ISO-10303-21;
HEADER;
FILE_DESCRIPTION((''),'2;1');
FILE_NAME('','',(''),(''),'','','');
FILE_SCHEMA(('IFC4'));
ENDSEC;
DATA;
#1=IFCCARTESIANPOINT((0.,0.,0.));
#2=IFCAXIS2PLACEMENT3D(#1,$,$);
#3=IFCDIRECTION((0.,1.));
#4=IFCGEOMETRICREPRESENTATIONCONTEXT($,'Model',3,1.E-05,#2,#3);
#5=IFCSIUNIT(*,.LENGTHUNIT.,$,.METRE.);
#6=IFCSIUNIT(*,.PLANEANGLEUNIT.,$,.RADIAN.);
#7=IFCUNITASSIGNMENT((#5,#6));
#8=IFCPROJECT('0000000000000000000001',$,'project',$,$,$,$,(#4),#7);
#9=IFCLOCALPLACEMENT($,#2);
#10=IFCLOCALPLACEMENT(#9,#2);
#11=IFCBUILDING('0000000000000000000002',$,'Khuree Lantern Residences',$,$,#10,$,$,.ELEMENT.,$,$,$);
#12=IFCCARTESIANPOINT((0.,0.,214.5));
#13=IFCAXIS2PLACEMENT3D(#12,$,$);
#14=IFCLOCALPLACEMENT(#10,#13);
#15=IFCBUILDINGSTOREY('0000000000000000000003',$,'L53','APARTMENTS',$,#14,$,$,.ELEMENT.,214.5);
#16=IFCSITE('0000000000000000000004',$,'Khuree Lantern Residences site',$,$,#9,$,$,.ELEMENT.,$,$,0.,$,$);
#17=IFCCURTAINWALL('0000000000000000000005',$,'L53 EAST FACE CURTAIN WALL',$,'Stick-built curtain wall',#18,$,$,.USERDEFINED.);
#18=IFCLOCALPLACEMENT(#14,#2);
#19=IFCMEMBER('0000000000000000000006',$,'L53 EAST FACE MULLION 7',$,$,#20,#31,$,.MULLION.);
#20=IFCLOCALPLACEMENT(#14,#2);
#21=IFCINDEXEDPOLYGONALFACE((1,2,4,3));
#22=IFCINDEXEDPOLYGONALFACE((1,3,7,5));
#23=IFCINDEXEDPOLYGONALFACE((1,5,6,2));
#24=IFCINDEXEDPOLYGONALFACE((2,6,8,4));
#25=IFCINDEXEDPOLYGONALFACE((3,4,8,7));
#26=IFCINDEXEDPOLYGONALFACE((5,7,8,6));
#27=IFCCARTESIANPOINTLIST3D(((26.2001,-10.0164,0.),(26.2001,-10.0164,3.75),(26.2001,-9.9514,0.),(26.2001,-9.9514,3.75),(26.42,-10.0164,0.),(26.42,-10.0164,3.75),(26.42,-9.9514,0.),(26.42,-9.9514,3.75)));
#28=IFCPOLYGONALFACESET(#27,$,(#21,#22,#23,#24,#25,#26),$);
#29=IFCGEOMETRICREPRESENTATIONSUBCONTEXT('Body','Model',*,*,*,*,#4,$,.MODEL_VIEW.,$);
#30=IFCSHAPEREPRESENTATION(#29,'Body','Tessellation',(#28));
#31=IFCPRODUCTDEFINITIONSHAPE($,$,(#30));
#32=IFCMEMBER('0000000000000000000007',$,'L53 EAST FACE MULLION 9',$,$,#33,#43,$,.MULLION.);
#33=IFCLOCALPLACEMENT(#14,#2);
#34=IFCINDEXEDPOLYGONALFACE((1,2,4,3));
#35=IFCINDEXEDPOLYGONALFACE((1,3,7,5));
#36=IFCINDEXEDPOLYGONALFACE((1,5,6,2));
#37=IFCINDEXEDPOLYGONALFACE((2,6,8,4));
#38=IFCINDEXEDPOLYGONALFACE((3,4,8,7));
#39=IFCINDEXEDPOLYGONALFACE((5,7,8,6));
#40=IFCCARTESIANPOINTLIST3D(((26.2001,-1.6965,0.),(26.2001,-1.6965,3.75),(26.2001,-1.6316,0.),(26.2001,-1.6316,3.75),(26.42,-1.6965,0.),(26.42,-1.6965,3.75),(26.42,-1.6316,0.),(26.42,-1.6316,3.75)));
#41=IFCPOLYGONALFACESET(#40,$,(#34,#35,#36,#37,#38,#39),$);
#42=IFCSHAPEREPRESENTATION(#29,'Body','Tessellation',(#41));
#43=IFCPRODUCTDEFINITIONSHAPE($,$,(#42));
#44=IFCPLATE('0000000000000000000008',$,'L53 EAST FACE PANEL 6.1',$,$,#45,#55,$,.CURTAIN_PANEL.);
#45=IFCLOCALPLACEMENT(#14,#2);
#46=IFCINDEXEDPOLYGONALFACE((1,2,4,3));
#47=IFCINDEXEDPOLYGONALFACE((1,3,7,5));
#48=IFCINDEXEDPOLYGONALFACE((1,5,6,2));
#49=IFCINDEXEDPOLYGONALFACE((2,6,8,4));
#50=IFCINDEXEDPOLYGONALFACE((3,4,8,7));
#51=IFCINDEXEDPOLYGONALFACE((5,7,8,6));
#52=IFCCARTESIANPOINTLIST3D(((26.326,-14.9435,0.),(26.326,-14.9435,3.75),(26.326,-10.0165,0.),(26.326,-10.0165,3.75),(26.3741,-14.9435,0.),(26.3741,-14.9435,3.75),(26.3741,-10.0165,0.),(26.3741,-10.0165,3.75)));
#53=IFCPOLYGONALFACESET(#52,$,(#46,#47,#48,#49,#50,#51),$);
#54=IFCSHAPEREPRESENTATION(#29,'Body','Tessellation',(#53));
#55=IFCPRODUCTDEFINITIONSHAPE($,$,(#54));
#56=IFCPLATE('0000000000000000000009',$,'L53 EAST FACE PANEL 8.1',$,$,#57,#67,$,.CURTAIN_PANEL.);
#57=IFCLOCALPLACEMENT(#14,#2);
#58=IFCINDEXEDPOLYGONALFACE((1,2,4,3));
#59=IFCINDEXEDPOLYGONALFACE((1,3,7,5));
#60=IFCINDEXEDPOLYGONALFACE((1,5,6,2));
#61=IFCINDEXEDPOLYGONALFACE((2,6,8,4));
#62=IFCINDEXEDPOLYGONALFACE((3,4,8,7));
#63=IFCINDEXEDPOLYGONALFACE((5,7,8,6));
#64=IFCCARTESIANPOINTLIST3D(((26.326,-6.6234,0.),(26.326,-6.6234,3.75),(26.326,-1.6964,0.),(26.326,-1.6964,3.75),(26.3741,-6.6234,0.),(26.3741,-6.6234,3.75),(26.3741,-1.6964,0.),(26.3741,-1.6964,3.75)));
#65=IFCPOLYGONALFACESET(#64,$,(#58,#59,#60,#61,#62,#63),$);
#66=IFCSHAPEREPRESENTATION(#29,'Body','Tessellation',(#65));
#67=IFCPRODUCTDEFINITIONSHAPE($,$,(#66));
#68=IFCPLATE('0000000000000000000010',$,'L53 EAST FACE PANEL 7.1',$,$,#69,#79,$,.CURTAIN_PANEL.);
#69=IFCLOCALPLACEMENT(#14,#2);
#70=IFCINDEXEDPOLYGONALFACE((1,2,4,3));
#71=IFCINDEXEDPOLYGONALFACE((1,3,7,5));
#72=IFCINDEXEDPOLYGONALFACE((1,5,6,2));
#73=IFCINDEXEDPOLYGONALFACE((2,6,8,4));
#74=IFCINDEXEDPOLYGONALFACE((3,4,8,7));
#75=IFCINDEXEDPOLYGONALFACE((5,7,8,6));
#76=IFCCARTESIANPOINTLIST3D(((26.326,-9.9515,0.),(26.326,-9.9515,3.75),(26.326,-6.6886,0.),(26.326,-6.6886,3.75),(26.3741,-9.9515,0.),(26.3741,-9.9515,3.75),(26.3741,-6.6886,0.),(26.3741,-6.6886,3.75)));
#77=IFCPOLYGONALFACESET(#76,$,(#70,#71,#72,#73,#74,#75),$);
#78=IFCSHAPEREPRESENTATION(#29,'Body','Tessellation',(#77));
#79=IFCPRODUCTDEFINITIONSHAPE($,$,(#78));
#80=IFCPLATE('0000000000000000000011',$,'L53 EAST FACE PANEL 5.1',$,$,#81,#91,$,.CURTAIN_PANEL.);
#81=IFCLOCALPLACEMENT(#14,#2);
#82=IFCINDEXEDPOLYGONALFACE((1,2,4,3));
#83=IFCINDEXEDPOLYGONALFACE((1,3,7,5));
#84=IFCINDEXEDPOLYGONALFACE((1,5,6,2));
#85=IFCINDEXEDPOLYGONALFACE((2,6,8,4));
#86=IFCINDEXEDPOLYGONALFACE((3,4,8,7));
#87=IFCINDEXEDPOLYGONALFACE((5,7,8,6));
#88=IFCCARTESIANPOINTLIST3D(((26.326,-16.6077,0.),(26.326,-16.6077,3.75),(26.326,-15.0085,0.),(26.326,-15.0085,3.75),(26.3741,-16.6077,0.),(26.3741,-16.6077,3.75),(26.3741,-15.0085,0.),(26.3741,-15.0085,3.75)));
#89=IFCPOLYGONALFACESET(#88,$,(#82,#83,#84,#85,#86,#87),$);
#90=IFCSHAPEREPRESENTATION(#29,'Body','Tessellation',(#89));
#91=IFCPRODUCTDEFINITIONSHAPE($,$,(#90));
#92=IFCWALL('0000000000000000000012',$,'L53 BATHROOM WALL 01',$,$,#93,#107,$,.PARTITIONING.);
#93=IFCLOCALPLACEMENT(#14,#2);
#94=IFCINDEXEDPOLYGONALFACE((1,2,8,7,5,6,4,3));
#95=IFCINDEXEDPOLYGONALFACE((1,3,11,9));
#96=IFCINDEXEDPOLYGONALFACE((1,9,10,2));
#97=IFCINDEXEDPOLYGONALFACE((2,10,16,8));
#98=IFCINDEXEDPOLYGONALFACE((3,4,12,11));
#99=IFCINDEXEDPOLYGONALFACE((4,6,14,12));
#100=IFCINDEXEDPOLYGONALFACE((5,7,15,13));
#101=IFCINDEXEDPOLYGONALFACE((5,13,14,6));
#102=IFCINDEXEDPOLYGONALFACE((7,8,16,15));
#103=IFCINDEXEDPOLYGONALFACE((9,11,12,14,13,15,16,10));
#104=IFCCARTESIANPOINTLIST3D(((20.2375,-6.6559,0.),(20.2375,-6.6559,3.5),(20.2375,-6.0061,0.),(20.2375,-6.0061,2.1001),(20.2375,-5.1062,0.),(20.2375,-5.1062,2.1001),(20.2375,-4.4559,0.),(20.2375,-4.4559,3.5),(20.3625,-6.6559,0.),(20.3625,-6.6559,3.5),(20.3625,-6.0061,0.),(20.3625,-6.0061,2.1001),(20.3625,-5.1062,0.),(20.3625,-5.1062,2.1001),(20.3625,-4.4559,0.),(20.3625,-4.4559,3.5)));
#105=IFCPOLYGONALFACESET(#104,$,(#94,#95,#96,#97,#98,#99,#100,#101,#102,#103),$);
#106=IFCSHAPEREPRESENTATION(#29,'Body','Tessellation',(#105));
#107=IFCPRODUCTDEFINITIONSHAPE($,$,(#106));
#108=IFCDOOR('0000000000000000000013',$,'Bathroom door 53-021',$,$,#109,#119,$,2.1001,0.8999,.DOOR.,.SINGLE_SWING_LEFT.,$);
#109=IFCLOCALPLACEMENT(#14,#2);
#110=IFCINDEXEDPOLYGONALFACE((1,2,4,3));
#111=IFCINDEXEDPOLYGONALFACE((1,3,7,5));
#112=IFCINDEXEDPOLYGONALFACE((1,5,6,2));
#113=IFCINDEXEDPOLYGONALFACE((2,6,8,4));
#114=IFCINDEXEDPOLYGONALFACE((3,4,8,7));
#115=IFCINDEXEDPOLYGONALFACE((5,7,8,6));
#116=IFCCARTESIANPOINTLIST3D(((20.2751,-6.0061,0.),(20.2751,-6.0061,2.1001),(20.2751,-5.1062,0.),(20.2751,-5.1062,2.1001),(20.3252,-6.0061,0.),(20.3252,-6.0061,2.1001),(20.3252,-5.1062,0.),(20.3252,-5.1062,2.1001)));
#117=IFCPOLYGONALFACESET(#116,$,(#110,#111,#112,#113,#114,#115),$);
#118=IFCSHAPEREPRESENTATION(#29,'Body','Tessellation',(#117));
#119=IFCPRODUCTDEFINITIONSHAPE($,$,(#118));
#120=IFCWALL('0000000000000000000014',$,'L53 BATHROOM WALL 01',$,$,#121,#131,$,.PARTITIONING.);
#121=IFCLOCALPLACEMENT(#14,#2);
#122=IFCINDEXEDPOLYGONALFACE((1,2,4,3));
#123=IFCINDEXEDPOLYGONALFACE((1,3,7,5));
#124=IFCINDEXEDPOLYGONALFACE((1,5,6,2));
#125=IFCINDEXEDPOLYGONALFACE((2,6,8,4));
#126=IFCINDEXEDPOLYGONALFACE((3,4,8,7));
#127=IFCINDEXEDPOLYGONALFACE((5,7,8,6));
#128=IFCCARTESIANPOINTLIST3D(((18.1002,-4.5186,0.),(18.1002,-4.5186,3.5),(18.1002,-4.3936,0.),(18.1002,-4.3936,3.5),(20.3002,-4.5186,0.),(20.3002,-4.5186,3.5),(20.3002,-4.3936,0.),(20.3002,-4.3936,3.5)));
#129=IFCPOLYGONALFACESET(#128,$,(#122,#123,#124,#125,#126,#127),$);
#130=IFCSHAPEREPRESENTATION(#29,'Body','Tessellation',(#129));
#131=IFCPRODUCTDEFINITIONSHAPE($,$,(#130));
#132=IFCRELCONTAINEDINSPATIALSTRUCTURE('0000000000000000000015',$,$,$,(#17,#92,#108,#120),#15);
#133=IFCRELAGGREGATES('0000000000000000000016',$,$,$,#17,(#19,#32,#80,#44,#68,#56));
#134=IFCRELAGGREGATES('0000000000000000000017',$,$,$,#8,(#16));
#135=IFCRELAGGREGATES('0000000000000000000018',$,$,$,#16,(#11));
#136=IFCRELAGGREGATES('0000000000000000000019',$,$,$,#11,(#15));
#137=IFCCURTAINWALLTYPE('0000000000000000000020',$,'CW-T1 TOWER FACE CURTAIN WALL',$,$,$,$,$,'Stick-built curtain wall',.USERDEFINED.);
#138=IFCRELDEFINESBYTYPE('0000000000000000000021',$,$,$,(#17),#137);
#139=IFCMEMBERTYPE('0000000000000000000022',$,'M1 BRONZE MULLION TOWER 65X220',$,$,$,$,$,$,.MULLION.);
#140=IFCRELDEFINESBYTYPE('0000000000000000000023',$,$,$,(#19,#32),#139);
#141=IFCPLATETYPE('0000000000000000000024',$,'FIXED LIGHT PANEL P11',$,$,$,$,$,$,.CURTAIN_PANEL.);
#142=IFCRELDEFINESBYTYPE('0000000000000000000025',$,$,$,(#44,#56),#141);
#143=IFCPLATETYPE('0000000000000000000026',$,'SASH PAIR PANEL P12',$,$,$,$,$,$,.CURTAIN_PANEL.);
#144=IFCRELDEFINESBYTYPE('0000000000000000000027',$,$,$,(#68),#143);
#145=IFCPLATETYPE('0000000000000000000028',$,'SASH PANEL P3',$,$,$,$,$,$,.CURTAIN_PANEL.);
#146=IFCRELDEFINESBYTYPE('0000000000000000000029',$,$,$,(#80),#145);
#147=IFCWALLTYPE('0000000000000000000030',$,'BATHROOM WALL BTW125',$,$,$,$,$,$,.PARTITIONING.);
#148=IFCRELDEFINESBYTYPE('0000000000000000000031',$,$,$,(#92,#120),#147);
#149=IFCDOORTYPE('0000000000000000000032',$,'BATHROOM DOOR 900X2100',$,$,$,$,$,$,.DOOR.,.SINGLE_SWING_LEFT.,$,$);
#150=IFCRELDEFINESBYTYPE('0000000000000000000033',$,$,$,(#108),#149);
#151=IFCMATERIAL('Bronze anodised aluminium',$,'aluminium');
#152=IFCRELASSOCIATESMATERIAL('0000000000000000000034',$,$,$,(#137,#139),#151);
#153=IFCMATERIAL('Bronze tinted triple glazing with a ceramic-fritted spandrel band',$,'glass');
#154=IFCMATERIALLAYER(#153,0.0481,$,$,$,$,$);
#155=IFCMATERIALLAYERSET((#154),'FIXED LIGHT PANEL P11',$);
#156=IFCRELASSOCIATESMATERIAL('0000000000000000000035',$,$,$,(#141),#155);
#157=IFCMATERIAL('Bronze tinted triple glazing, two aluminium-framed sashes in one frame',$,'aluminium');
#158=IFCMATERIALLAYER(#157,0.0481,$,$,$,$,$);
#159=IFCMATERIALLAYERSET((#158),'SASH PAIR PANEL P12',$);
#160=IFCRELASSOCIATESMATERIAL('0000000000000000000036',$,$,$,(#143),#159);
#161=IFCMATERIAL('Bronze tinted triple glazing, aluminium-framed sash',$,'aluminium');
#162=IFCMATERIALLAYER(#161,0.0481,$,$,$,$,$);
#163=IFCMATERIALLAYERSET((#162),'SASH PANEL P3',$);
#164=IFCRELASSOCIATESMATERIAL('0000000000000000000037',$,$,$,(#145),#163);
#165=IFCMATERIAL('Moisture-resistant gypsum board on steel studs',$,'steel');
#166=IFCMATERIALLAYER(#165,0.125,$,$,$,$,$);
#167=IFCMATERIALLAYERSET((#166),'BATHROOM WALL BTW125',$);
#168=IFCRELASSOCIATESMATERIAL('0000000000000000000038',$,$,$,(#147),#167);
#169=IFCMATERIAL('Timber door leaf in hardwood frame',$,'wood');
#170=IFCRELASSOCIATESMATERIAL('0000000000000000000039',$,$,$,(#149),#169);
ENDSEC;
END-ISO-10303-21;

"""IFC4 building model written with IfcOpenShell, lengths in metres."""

from ifc_helpers import new_model, si_unit, direction, frame, frame_2d, origin, origin_2d, place, context, subcontext, project, spatial, rectangle, extrude, material, layer, layer_set, material_profile, profile_set, type_object, element, fill, aggregate, save


model = new_model("IFC4")

# Units and contexts
model_context = context("Model", 3, precision=1e-05, world=origin(), true_north=direction((0.0, 1.0)))
body_context = subcontext(model_context, "Body", "Model", "MODEL_VIEW")
ifc_project = project(units=[si_unit("LENGTHUNIT", "METRE"), si_unit("PLANEANGLEUNIT", "RADIAN")], contexts=[model_context])

# Site, building, storey
site_placement = place(None, origin())
site = spatial("IfcSite", under=ifc_project, at=site_placement, Name="Khuree Lantern Residences site", CompositionType="ELEMENT", RefElevation=0.0)
building_placement = place(site_placement, origin())
building = spatial("IfcBuilding", under=site, at=building_placement, Name="Khuree Lantern Residences", CompositionType="ELEMENT")
storey_placement = place(building_placement, frame((0.0, 0.0, 214.5)))
storey = spatial("IfcBuildingStorey", under=building, at=storey_placement, Name="L53", Description="APARTMENTS", CompositionType="ELEMENT", Elevation=214.5)

# Curtain wall
ifc_material_1 = material(Name="Bronze anodised aluminium", Category="aluminium")
curtain_wall_type = type_object("IfcCurtainWallType", Name="CW-T1 TOWER FACE CURTAIN WALL", ElementType="Stick-built curtain wall", PredefinedType="USERDEFINED", material=ifc_material_1)
curtain_wall_placement = place(storey_placement, origin())
curtain_wall = element("IfcCurtainWall", 1, at=curtain_wall_placement, inside=storey, type_object=curtain_wall_type, Name="L53 EAST FACE CURTAIN WALL", ObjectType="Stick-built curtain wall", PredefinedType="USERDEFINED")

# Members
ifc_material_profile_1 = material_profile(ifc_material_1, rectangle(XDim=0.0649, YDim=0.22, at=origin_2d()), Name="M1 65X220")
ifc_profile_set_1 = profile_set([ifc_material_profile_1], Name="Bronze anodised aluminium")
member_type_1 = type_object("IfcMemberType", Name="M1 BRONZE MULLION TOWER 65X220", PredefinedType="MULLION", material=ifc_profile_set_1)
member_1_placement = place(storey_placement, frame((26.3101, -9.9839, 0.0), z_axis=(0.0, 0.0, 1.0), x_axis=(0.0, 1.0, 0.0)))
member_1 = element("IfcMember", 2, at=member_1_placement, type_object=member_type_1, Name="L53 EAST FACE MULLION 7", PredefinedType="MULLION", context=body_context, shape_type="SweptSolid", body=[
    extrude(rectangle(XDim=0.0649, YDim=0.22, at=origin_2d()), origin(), (0.0, 0.0, 1.0), 3.75),
])
member_2_placement = place(storey_placement, frame((26.3101, -1.6641, 0.0), z_axis=(0.0, 0.0, 1.0), x_axis=(0.0, 1.0, 0.0)))
member_2 = element("IfcMember", 3, at=member_2_placement, type_object=member_type_1, Name="L53 EAST FACE MULLION 9", PredefinedType="MULLION", context=body_context, shape_type="SweptSolid", body=[
    extrude(rectangle(XDim=0.0649, YDim=0.22, at=origin_2d()), origin(), (0.0, 0.0, 1.0), 3.75),
])

# Plates
ifc_material_2 = material(Name="Bronze tinted triple glazing with a ceramic-fritted spandrel band", Category="glass")
ifc_layer_1 = layer(ifc_material_2, 0.0481)
ifc_layer_set_1 = layer_set([ifc_layer_1], Name="FIXED LIGHT PANEL P11")
plate_type_1 = type_object("IfcPlateType", Name="FIXED LIGHT PANEL P11", PredefinedType="CURTAIN_PANEL", material=ifc_layer_set_1)
plate_1_placement = place(storey_placement, frame((26.3501, -12.48, 0.0), z_axis=(0.0, 0.0, 1.0), x_axis=(0.0, 1.0, 0.0)))
plate_1 = element("IfcPlate", 4, at=plate_1_placement, type_object=plate_type_1, Name="L53 EAST FACE PANEL 6.1", PredefinedType="CURTAIN_PANEL", context=body_context, shape_type="SweptSolid", body=[
    extrude(rectangle(XDim=4.927, YDim=0.0481, at=origin_2d()), origin(), (0.0, 0.0, 1.0), 3.75),
])
plate_2_placement = place(storey_placement, frame((26.3501, -4.1599, 0.0), z_axis=(0.0, 0.0, 1.0), x_axis=(0.0, 1.0, 0.0)))
plate_2 = element("IfcPlate", 5, at=plate_2_placement, type_object=plate_type_1, Name="L53 EAST FACE PANEL 8.1", PredefinedType="CURTAIN_PANEL", context=body_context, shape_type="SweptSolid", body=[
    extrude(rectangle(XDim=4.927, YDim=0.0481, at=origin_2d()), origin(), (0.0, 0.0, 1.0), 3.75),
])
ifc_material_3 = material(Name="Bronze tinted triple glazing, two aluminium-framed sashes in one frame", Category="aluminium")
ifc_layer_2 = layer(ifc_material_3, 0.0481)
ifc_layer_set_2 = layer_set([ifc_layer_2], Name="SASH PAIR PANEL P12")
plate_type_2 = type_object("IfcPlateType", Name="SASH PAIR PANEL P12", PredefinedType="CURTAIN_PANEL", material=ifc_layer_set_2)
plate_3_placement = place(storey_placement, frame((26.3501, -8.3201, 0.0), z_axis=(0.0, 0.0, 1.0), x_axis=(0.0, 1.0, 0.0)))
plate_3 = element("IfcPlate", 6, at=plate_3_placement, type_object=plate_type_2, Name="L53 EAST FACE PANEL 7.1", PredefinedType="CURTAIN_PANEL", context=body_context, shape_type="SweptSolid", body=[
    extrude(rectangle(XDim=3.2629, YDim=0.0481, at=origin_2d()), origin(), (0.0, 0.0, 1.0), 3.75),
])
ifc_material_4 = material(Name="Bronze tinted triple glazing, aluminium-framed sash", Category="aluminium")
ifc_layer_3 = layer(ifc_material_4, 0.0481)
ifc_layer_set_3 = layer_set([ifc_layer_3], Name="SASH PANEL P3")
plate_type_3 = type_object("IfcPlateType", Name="SASH PANEL P3", PredefinedType="CURTAIN_PANEL", material=ifc_layer_set_3)
plate_4_placement = place(storey_placement, frame((26.3501, -15.8081, 0.0), z_axis=(0.0, 0.0, 1.0), x_axis=(0.0, 1.0, 0.0)))
plate_4 = element("IfcPlate", 7, at=plate_4_placement, type_object=plate_type_3, Name="L53 EAST FACE PANEL 5.1", PredefinedType="CURTAIN_PANEL", context=body_context, shape_type="SweptSolid", body=[
    extrude(rectangle(XDim=1.5991, YDim=0.0481, at=origin_2d()), origin(), (0.0, 0.0, 1.0), 3.75),
])
aggregate(curtain_wall, [member_1, member_2, plate_4, plate_1, plate_3, plate_2])

# Wall, opening, door
ifc_material_5 = material(Name="Moisture-resistant gypsum board on steel studs", Category="steel")
ifc_layer_4 = layer(ifc_material_5, 0.125)
ifc_layer_set_4 = layer_set([ifc_layer_4], Name="BATHROOM WALL BTW125")
wall_type_1 = type_object("IfcWallType", Name="BATHROOM WALL BTW125", PredefinedType="PARTITIONING", material=ifc_layer_set_4)
wall_1_placement = place(storey_placement, frame((20.3, -6.656, 0.0), z_axis=(0.0, 0.0, 1.0), x_axis=(0.0, 1.0, 0.0)))
wall_1 = element("IfcWall", 8, at=wall_1_placement, inside=storey, type_object=wall_type_1, Name="L53 BATHROOM WALL 01", PredefinedType="PARTITIONING", context=body_context, shape_type="SweptSolid", body=[
    extrude(rectangle(XDim=2.2, YDim=0.125, at=frame_2d((1.1001, 0.0))), origin(), (0.0, 0.0, 1.0), 3.5),
])
opening_1_placement = place(wall_1_placement, frame((0.6499, 0.0, 0.0)))
opening_1 = element("IfcOpeningElement", 9, at=opening_1_placement, cuts=wall_1, PredefinedType="OPENING", context=body_context, shape_type="SweptSolid", body=[
    extrude(rectangle(XDim=0.8999, YDim=2.1001, at=frame_2d((0.45, 1.05))), frame((0.0, 0.0725, 0.0), z_axis=(0.0, -1.0, 0.0), x_axis=(1.0, 0.0, 0.0)), (0.0, 0.0, 1.0), 0.145),
])
ifc_material_6 = material(Name="Timber door leaf in hardwood frame", Category="wood")
door_type_1 = type_object("IfcDoorType", Name="BATHROOM DOOR 900X2100", OperationType="SINGLE_SWING_LEFT", PredefinedType="DOOR", material=ifc_material_6)
door_1_placement = place(opening_1_placement, origin())
door_1 = element("IfcDoor", 10, at=door_1_placement, inside=storey, type_object=door_type_1, Name="Bathroom door 53-021", OperationType="SINGLE_SWING_LEFT", OverallHeight=2.1001, OverallWidth=0.8999, PredefinedType="DOOR", context=body_context, shape_type="SweptSolid", body=[
    extrude(rectangle(XDim=0.8999, YDim=2.1001, at=frame_2d((0.45, 1.05))), frame((0.0, 0.0249, 0.0), z_axis=(0.0, -1.0, 0.0), x_axis=(1.0, 0.0, 0.0)), (0.0, 0.0, 1.0), 0.05),
])
fill(opening_1, door_1)

# Wall
wall_2_placement = place(storey_placement, frame((18.1001, -4.4561, 0.0), z_axis=(0.0, 0.0, 1.0), x_axis=(1.0, 0.0, 0.0)))
element("IfcWall", 11, at=wall_2_placement, inside=storey, type_object=wall_type_1, Name="L53 BATHROOM WALL 01", PredefinedType="PARTITIONING", context=body_context, shape_type="SweptSolid", body=[
    extrude(rectangle(XDim=2.2, YDim=0.125, at=frame_2d((1.1001, 0.0))), origin(), (0.0, 0.0, 1.0), 3.5),
])

save(model, "model.ifc")
